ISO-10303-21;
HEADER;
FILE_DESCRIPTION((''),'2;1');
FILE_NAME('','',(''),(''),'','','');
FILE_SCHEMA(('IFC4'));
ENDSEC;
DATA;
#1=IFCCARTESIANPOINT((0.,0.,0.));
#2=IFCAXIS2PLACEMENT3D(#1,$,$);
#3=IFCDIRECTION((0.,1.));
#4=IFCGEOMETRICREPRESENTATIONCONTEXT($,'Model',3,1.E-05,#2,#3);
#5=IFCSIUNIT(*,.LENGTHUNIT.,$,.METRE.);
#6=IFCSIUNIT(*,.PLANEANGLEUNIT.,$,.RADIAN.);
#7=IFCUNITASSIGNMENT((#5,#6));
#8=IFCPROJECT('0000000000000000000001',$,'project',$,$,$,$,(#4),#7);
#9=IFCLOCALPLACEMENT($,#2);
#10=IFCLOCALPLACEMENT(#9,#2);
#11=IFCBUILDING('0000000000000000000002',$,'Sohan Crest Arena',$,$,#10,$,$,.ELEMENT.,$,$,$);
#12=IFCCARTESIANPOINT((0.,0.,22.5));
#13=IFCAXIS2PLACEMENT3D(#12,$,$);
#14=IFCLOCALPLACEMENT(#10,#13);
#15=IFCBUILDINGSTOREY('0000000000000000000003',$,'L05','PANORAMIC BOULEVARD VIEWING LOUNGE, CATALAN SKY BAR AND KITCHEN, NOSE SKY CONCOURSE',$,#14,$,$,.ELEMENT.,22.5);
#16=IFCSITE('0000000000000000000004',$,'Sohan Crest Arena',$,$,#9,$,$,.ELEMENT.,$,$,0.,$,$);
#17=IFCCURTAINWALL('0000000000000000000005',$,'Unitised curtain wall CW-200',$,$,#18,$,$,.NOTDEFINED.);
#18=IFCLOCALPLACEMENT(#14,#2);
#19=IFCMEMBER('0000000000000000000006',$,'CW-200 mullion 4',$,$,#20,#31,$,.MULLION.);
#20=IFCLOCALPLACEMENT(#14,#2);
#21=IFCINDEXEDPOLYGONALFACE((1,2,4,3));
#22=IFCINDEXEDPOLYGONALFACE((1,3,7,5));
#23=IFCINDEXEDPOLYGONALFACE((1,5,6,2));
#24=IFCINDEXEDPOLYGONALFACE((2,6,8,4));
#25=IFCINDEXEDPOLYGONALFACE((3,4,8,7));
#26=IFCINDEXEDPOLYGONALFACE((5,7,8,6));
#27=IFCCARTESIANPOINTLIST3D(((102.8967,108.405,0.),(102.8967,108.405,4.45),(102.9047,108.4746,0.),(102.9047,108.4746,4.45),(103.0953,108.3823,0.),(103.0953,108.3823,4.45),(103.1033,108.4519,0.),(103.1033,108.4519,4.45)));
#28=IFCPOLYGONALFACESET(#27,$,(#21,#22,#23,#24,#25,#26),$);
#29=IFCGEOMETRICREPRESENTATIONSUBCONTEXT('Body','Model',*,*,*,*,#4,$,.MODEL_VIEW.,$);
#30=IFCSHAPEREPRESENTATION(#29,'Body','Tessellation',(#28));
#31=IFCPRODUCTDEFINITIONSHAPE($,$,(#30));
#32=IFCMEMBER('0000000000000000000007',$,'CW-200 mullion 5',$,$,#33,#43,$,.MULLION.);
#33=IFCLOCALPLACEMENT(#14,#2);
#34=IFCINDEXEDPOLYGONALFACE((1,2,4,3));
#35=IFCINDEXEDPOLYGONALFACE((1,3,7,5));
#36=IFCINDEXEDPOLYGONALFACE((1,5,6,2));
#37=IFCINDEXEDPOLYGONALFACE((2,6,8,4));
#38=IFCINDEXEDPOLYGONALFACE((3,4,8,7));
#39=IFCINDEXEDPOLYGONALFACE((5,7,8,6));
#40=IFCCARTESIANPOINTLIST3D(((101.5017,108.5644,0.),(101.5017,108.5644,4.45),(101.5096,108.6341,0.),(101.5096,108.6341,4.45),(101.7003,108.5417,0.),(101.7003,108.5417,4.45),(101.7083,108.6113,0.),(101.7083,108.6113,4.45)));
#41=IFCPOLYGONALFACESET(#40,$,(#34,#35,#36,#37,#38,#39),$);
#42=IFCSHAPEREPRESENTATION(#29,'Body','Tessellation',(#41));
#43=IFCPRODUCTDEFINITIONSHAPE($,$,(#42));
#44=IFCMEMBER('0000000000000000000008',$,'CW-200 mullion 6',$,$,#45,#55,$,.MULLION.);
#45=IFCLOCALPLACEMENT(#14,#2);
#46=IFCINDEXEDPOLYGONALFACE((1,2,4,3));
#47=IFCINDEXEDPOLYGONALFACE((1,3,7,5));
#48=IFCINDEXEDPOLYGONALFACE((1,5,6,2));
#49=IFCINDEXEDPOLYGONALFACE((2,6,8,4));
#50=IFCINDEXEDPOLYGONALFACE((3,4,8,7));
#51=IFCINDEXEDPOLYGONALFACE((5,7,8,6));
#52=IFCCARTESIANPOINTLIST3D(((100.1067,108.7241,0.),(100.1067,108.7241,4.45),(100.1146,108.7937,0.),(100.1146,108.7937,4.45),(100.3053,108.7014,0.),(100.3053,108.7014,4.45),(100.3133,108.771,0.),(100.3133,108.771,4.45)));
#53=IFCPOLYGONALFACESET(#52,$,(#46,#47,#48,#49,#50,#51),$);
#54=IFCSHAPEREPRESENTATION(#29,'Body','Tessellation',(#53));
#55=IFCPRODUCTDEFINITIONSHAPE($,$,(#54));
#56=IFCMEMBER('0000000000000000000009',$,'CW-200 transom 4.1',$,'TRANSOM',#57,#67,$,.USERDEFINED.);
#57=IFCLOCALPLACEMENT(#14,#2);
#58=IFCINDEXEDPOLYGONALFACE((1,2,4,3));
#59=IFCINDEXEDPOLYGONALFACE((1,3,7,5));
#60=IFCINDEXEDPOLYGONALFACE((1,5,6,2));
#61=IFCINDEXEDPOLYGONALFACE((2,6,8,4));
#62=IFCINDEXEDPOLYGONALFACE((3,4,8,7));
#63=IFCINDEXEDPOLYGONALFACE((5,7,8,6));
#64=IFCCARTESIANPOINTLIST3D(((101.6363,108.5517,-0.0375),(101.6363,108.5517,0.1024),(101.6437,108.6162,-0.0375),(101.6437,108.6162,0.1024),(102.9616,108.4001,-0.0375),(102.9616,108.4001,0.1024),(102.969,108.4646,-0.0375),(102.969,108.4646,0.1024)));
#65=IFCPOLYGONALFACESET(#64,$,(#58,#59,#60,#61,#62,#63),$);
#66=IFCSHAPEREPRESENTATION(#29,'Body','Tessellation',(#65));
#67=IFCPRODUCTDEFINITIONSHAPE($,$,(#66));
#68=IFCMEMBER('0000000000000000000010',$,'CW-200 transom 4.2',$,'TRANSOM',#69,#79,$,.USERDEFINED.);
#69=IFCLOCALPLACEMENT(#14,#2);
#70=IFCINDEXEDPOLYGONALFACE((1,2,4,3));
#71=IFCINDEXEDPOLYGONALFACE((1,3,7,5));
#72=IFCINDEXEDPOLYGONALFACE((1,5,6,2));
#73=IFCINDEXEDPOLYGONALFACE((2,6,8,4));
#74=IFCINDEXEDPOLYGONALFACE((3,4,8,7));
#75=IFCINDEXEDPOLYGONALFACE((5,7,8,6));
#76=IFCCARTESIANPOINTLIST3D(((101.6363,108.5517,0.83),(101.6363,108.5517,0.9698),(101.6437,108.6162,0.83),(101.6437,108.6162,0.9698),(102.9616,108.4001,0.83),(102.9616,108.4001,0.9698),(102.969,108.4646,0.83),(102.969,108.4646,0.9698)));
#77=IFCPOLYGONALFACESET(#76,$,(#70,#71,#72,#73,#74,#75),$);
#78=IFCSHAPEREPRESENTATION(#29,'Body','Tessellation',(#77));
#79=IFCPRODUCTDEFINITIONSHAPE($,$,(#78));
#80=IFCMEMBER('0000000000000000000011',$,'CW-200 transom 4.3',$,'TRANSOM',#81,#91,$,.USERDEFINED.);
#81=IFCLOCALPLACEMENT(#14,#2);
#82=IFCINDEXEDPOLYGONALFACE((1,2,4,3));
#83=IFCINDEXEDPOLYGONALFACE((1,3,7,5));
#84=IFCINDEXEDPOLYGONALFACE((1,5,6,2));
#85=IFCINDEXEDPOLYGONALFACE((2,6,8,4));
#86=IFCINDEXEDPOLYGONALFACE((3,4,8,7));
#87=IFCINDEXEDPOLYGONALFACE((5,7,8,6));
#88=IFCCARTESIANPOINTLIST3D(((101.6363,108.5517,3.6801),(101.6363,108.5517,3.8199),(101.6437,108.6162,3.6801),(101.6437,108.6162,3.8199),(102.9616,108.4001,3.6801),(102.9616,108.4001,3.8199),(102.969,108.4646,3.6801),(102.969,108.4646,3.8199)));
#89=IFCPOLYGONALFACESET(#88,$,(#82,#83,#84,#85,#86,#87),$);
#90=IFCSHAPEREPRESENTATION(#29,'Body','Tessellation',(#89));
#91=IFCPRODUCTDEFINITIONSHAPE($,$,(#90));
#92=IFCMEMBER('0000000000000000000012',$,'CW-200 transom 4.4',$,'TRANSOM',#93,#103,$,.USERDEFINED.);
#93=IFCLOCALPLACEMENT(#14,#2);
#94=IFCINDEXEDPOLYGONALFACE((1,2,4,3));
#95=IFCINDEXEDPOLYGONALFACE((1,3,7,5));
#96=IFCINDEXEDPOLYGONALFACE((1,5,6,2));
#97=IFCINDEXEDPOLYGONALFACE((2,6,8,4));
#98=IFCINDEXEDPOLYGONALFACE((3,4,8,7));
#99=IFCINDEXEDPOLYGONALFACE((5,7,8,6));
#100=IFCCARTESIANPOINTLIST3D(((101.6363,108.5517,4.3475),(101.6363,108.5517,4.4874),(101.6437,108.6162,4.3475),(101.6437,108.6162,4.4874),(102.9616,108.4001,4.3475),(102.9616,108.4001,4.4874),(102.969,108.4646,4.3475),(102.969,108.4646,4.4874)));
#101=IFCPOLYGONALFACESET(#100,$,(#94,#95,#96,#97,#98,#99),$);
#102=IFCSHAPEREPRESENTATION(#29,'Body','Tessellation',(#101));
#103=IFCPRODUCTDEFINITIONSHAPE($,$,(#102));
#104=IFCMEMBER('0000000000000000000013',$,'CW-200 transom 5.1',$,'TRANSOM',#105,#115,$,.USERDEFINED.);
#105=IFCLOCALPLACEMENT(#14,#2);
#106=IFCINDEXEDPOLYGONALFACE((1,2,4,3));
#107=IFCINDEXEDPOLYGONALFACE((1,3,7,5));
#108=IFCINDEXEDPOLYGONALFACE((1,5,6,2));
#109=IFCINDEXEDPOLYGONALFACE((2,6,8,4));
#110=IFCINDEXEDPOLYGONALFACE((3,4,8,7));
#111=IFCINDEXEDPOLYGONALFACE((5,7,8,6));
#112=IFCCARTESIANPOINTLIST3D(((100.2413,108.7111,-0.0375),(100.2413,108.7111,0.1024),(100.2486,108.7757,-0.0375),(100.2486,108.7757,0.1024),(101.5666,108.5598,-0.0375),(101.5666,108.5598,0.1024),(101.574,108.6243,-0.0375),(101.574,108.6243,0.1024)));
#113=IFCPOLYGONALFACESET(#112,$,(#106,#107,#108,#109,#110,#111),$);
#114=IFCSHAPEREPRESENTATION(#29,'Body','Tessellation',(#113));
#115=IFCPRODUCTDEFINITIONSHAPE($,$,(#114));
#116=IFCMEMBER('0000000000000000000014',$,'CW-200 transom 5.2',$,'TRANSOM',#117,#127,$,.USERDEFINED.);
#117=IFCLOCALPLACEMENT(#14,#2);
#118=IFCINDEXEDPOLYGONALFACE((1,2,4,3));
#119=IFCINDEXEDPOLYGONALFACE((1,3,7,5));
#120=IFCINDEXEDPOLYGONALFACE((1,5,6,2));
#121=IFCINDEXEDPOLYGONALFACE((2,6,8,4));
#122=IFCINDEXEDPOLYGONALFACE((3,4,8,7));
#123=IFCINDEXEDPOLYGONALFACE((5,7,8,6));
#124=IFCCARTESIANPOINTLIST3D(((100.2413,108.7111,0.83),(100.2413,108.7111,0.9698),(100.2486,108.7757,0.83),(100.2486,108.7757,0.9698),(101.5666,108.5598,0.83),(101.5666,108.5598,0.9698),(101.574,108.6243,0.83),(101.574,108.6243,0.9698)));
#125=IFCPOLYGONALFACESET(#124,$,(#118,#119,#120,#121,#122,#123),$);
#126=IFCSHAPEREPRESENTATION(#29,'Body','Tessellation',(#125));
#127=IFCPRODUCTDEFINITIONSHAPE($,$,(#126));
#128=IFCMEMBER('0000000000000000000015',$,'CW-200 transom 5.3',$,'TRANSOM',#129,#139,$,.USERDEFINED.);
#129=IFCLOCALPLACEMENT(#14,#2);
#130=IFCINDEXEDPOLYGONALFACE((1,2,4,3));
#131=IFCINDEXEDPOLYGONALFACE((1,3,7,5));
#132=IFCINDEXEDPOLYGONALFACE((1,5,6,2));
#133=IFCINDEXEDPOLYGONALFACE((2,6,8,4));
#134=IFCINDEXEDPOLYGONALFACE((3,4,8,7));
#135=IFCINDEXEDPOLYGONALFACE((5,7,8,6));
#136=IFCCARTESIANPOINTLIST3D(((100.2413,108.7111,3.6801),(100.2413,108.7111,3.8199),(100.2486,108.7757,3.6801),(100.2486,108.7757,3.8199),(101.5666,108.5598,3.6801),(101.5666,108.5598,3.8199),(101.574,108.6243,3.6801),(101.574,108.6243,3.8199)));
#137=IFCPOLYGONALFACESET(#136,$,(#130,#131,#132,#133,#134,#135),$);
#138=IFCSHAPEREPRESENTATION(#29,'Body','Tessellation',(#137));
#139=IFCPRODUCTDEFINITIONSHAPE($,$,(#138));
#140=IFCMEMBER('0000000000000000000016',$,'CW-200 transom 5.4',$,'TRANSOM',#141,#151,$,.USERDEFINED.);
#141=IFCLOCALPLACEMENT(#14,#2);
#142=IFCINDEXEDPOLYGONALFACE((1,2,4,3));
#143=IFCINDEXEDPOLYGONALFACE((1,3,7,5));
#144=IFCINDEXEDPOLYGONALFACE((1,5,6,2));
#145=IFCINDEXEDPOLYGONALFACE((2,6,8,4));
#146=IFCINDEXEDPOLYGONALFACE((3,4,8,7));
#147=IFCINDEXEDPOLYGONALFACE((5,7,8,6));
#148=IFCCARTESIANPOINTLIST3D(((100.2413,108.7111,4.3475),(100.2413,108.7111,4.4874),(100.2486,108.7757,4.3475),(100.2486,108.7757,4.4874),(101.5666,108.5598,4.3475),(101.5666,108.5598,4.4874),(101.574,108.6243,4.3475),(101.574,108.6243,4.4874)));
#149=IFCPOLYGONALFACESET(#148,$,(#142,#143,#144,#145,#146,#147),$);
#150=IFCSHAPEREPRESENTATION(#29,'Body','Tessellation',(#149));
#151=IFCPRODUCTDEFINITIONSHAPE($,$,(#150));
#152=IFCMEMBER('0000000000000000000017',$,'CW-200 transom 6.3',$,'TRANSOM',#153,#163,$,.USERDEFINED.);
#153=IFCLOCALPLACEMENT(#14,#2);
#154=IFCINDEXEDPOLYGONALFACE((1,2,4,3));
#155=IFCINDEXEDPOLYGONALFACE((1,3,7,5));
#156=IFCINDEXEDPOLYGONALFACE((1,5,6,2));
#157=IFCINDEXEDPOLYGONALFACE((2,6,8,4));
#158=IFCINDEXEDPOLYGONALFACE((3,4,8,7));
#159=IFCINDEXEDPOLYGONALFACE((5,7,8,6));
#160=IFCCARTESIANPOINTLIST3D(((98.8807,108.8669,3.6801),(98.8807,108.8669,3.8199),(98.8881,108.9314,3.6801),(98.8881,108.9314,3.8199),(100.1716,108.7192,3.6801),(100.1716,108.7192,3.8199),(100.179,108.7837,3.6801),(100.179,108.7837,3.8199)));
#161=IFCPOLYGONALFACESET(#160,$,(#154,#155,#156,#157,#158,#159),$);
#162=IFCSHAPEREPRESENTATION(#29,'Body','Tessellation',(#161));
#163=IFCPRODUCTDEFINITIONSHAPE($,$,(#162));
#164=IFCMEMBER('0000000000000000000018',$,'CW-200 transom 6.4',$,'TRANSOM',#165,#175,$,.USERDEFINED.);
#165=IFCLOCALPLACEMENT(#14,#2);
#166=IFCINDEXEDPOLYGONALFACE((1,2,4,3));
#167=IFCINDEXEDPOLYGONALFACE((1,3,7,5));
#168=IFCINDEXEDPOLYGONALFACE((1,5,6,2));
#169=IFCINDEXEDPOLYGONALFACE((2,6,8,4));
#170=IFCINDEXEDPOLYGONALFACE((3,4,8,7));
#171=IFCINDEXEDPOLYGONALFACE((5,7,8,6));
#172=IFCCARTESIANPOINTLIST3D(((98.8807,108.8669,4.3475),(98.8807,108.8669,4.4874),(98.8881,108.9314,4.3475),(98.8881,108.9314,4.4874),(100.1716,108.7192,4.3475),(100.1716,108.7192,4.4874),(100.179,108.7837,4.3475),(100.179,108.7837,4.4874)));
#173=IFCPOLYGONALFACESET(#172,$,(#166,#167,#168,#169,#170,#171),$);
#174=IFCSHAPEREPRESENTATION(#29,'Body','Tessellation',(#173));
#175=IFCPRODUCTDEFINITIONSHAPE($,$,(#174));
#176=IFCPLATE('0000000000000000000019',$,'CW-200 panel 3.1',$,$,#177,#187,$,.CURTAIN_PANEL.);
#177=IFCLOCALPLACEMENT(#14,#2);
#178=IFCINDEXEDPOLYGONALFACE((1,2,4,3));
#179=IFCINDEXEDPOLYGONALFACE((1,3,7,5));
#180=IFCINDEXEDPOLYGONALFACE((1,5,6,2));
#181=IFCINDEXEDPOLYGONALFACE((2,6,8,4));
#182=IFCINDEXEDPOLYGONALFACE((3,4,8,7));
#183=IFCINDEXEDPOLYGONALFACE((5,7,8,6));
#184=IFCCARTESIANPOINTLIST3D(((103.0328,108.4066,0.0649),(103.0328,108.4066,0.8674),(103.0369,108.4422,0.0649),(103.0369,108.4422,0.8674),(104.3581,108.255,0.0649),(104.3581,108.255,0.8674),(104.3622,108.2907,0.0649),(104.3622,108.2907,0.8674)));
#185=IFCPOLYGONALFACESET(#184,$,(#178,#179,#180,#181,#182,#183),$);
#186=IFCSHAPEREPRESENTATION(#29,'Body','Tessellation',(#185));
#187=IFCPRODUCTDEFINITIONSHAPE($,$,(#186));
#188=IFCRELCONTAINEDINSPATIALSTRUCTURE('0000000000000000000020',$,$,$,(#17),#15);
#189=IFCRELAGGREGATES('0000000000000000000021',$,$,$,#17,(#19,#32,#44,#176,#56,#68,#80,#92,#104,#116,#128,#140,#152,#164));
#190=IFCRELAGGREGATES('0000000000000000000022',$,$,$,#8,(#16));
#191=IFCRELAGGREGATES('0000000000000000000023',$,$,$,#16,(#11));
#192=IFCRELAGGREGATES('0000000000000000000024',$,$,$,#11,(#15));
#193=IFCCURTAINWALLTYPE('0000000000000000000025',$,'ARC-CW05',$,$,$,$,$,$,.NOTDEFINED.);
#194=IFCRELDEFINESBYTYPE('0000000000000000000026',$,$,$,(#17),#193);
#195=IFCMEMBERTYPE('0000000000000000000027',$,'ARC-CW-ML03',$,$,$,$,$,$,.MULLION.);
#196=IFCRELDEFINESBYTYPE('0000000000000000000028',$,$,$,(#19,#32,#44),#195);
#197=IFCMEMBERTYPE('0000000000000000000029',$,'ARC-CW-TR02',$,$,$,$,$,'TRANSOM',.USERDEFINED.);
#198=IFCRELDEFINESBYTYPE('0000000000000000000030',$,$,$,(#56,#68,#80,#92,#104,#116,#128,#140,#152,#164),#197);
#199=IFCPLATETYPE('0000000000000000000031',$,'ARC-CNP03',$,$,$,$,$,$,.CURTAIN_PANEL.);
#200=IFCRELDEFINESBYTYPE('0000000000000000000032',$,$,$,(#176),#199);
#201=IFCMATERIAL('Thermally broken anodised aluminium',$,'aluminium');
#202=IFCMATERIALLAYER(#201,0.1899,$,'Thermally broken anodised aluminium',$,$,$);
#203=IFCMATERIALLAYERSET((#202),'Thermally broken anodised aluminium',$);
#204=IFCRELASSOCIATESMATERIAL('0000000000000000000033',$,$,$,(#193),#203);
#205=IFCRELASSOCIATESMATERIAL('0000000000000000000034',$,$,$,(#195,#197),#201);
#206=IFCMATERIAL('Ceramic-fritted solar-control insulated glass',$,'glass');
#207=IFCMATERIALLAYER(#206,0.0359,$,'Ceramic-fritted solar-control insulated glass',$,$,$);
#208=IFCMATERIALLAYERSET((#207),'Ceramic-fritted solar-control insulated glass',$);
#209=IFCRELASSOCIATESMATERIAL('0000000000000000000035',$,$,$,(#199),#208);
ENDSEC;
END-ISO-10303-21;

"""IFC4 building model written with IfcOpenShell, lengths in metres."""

from ifc_helpers import new_model, si_unit, direction, frame, origin, origin_2d, place, context, subcontext, project, spatial, rectangle, extrude, material, layer, layer_set, material_profile, profile_set, type_object, element, aggregate, save


model = new_model("IFC4")

# Units and contexts
model_context = context("Model", 3, precision=1e-05, world=origin(), true_north=direction((0.0, 1.0)))
body_context = subcontext(model_context, "Body", "Model", "MODEL_VIEW")
ifc_project = project(units=[si_unit("LENGTHUNIT", "METRE"), si_unit("PLANEANGLEUNIT", "RADIAN")], contexts=[model_context])

# Site, building, storey
site_placement = place(None, origin())
site = spatial("IfcSite", under=ifc_project, at=site_placement, Name="Sohan Crest Arena", CompositionType="ELEMENT", RefElevation=0.0)
building_placement = place(site_placement, origin())
building = spatial("IfcBuilding", under=site, at=building_placement, Name="Sohan Crest Arena", CompositionType="ELEMENT")
storey_placement = place(building_placement, frame((0.0, 0.0, 22.5)))
storey = spatial("IfcBuildingStorey", under=building, at=storey_placement, Name="L05", Description="PANORAMIC BOULEVARD VIEWING LOUNGE, CATALAN SKY BAR AND KITCHEN, NOSE SKY CONCOURSE", CompositionType="ELEMENT", Elevation=22.5)

# Curtain wall, members, plate
ifc_material_1 = material(Name="Thermally broken anodised aluminium", Category="aluminium")
ifc_layer_1 = layer(ifc_material_1, 0.1899, Name="Thermally broken anodised aluminium")
ifc_layer_set_1 = layer_set([ifc_layer_1], Name="Thermally broken anodised aluminium")
curtain_wall_type = type_object("IfcCurtainWallType", Name="ARC-CW05", PredefinedType="NOTDEFINED", material=ifc_layer_set_1)
curtain_wall_placement = place(storey_placement, origin())
curtain_wall = element("IfcCurtainWall", 1, at=curtain_wall_placement, inside=storey, type_object=curtain_wall_type, Name="Unitised curtain wall CW-200", PredefinedType="NOTDEFINED")
ifc_material_profile_1 = material_profile(ifc_material_1, rectangle(XDim=0.0701, YDim=0.2, at=origin_2d()), Name="ALU-MULL 70x200")
ifc_profile_set_1 = profile_set([ifc_material_profile_1], Name="Thermally broken anodised aluminium")
member_type_1 = type_object("IfcMemberType", Name="ARC-CW-ML03", PredefinedType="MULLION", material=ifc_profile_set_1)
member_1_placement = place(storey_placement, frame((103.0, 108.4285, 0.0), z_axis=(0.0, 0.0, 1.0), x_axis=(-0.113597, -0.993527, 0.0)))
member_1 = element("IfcMember", 2, at=member_1_placement, type_object=member_type_1, Name="CW-200 mullion 4", PredefinedType="MULLION", context=body_context, shape_type="SweptSolid", body=[
    extrude(rectangle(XDim=0.0701, YDim=0.2, at=origin_2d()), origin(), (0.0, 0.0, 1.0), 4.45),
])
member_2_placement = place(storey_placement, frame((101.605, 108.5879, 0.0), z_axis=(0.0, 0.0, 1.0), x_axis=(-0.113597, -0.993527, 0.0)))
member_2 = element("IfcMember", 3, at=member_2_placement, type_object=member_type_1, Name="CW-200 mullion 5", PredefinedType="MULLION", context=body_context, shape_type="SweptSolid", body=[
    extrude(rectangle(XDim=0.0701, YDim=0.2, at=origin_2d()), origin(), (0.0, 0.0, 1.0), 4.45),
])
member_3_placement = place(storey_placement, frame((100.21, 108.7476, 0.0), z_axis=(0.0, 0.0, 1.0), x_axis=(-0.113597, -0.993527, 0.0)))
member_3 = element("IfcMember", 4, at=member_3_placement, type_object=member_type_1, Name="CW-200 mullion 6", PredefinedType="MULLION", context=body_context, shape_type="SweptSolid", body=[
    extrude(rectangle(XDim=0.0701, YDim=0.2, at=origin_2d()), origin(), (0.0, 0.0, 1.0), 4.45),
])
ifc_material_profile_2 = material_profile(ifc_material_1, rectangle(XDim=0.0649, YDim=0.1399, at=origin_2d()), Name="ALU-TRAN 65x140")
ifc_profile_set_2 = profile_set([ifc_material_profile_2], Name="Thermally broken anodised aluminium")
member_type_2 = type_object("IfcMemberType", Name="ARC-CW-TR02", ElementType="TRANSOM", PredefinedType="USERDEFINED", material=ifc_profile_set_2)
member_4_placement = place(storey_placement, frame((102.9653, 108.4324, 0.0325), z_axis=(-0.993521, 0.113645, 0.0), x_axis=(-0.113645, -0.993521, 0.0)))
member_4 = element("IfcMember", 5, at=member_4_placement, type_object=member_type_2, Name="CW-200 transom 4.1", ObjectType="TRANSOM", PredefinedType="USERDEFINED", context=body_context, shape_type="SweptSolid", body=[
    extrude(rectangle(XDim=0.0649, YDim=0.1399, at=origin_2d()), origin(), (0.0, 0.0, 1.0), 1.334),
])
member_5_placement = place(storey_placement, frame((102.9653, 108.4324, 0.8999), z_axis=(-0.993521, 0.113645, 0.0), x_axis=(-0.113645, -0.993521, 0.0)))
member_5 = element("IfcMember", 6, at=member_5_placement, type_object=member_type_2, Name="CW-200 transom 4.2", ObjectType="TRANSOM", PredefinedType="USERDEFINED", context=body_context, shape_type="SweptSolid", body=[
    extrude(rectangle(XDim=0.0649, YDim=0.1399, at=origin_2d()), origin(), (0.0, 0.0, 1.0), 1.334),
])
member_6_placement = place(storey_placement, frame((102.9653, 108.4324, 3.75), z_axis=(-0.993521, 0.113645, 0.0), x_axis=(-0.113645, -0.993521, 0.0)))
member_6 = element("IfcMember", 7, at=member_6_placement, type_object=member_type_2, Name="CW-200 transom 4.3", ObjectType="TRANSOM", PredefinedType="USERDEFINED", context=body_context, shape_type="SweptSolid", body=[
    extrude(rectangle(XDim=0.0649, YDim=0.1399, at=origin_2d()), origin(), (0.0, 0.0, 1.0), 1.334),
])
member_7_placement = place(storey_placement, frame((102.9653, 108.4324, 4.4175), z_axis=(-0.993521, 0.113645, 0.0), x_axis=(-0.113645, -0.993521, 0.0)))
member_7 = element("IfcMember", 8, at=member_7_placement, type_object=member_type_2, Name="CW-200 transom 4.4", ObjectType="TRANSOM", PredefinedType="USERDEFINED", context=body_context, shape_type="SweptSolid", body=[
    extrude(rectangle(XDim=0.0649, YDim=0.1399, at=origin_2d()), origin(), (0.0, 0.0, 1.0), 1.334),
])
member_8_placement = place(storey_placement, frame((101.5703, 108.592, 0.0325), z_axis=(-0.993542, 0.113464, 0.0), x_axis=(-0.113464, -0.993542, 0.0)))
member_8 = element("IfcMember", 9, at=member_8_placement, type_object=member_type_2, Name="CW-200 transom 5.1", ObjectType="TRANSOM", PredefinedType="USERDEFINED", context=body_context, shape_type="SweptSolid", body=[
    extrude(rectangle(XDim=0.0649, YDim=0.1399, at=origin_2d()), origin(), (0.0, 0.0, 1.0), 1.334),
])
member_9_placement = place(storey_placement, frame((101.5703, 108.592, 0.8999), z_axis=(-0.993542, 0.113464, 0.0), x_axis=(-0.113464, -0.993542, 0.0)))
member_9 = element("IfcMember", 10, at=member_9_placement, type_object=member_type_2, Name="CW-200 transom 5.2", ObjectType="TRANSOM", PredefinedType="USERDEFINED", context=body_context, shape_type="SweptSolid", body=[
    extrude(rectangle(XDim=0.0649, YDim=0.1399, at=origin_2d()), origin(), (0.0, 0.0, 1.0), 1.334),
])
member_10_placement = place(storey_placement, frame((101.5703, 108.592, 3.75), z_axis=(-0.993542, 0.113464, 0.0), x_axis=(-0.113464, -0.993542, 0.0)))
member_10 = element("IfcMember", 11, at=member_10_placement, type_object=member_type_2, Name="CW-200 transom 5.3", ObjectType="TRANSOM", PredefinedType="USERDEFINED", context=body_context, shape_type="SweptSolid", body=[
    extrude(rectangle(XDim=0.0649, YDim=0.1399, at=origin_2d()), origin(), (0.0, 0.0, 1.0), 1.334),
])
member_11_placement = place(storey_placement, frame((101.5703, 108.592, 4.4175), z_axis=(-0.993542, 0.113464, 0.0), x_axis=(-0.113464, -0.993542, 0.0)))
member_11 = element("IfcMember", 12, at=member_11_placement, type_object=member_type_2, Name="CW-200 transom 5.4", ObjectType="TRANSOM", PredefinedType="USERDEFINED", context=body_context, shape_type="SweptSolid", body=[
    extrude(rectangle(XDim=0.0649, YDim=0.1399, at=origin_2d()), origin(), (0.0, 0.0, 1.0), 1.334),
])
member_12_placement = place(storey_placement, frame((100.1753, 108.7515, 3.75), z_axis=(-0.993516, 0.11369, 0.0), x_axis=(-0.11369, -0.993516, 0.0)))
member_12 = element("IfcMember", 13, at=member_12_placement, type_object=member_type_2, Name="CW-200 transom 6.3", ObjectType="TRANSOM", PredefinedType="USERDEFINED", context=body_context, shape_type="SweptSolid", body=[
    extrude(rectangle(XDim=0.0649, YDim=0.1399, at=origin_2d()), origin(), (0.0, 0.0, 1.0), 1.2993),
])
member_13_placement = place(storey_placement, frame((100.1753, 108.7515, 4.4175), z_axis=(-0.993516, 0.11369, 0.0), x_axis=(-0.11369, -0.993516, 0.0)))
member_13 = element("IfcMember", 14, at=member_13_placement, type_object=member_type_2, Name="CW-200 transom 6.4", ObjectType="TRANSOM", PredefinedType="USERDEFINED", context=body_context, shape_type="SweptSolid", body=[
    extrude(rectangle(XDim=0.0649, YDim=0.1399, at=origin_2d()), origin(), (0.0, 0.0, 1.0), 1.2993),
])
ifc_material_2 = material(Name="Ceramic-fritted solar-control insulated glass", Category="glass")
ifc_layer_2 = layer(ifc_material_2, 0.0359, Name="Ceramic-fritted solar-control insulated glass")
ifc_layer_set_2 = layer_set([ifc_layer_2], Name="Ceramic-fritted solar-control insulated glass")
plate_type = type_object("IfcPlateType", Name="ARC-CNP03", PredefinedType="CURTAIN_PANEL", material=ifc_layer_set_2)
plate_1_placement = place(storey_placement, frame((103.6975, 108.3486, 0.0649), z_axis=(0.0, 0.0, 1.0), x_axis=(-0.993527, 0.113597, 0.0)))
plate_1 = element("IfcPlate", 15, at=plate_1_placement, type_object=plate_type, Name="CW-200 panel 3.1", PredefinedType="CURTAIN_PANEL", context=body_context, shape_type="SweptSolid", body=[
    extrude(rectangle(XDim=1.334, YDim=0.0359, at=origin_2d()), origin(), (0.0, 0.0, 1.0), 0.8025),
])
aggregate(curtain_wall, [member_1, member_2, member_3, plate_1, member_4, member_5, member_6, member_7, member_8, member_9, member_10, member_11, member_12, member_13])

save(model, "model.ifc")
